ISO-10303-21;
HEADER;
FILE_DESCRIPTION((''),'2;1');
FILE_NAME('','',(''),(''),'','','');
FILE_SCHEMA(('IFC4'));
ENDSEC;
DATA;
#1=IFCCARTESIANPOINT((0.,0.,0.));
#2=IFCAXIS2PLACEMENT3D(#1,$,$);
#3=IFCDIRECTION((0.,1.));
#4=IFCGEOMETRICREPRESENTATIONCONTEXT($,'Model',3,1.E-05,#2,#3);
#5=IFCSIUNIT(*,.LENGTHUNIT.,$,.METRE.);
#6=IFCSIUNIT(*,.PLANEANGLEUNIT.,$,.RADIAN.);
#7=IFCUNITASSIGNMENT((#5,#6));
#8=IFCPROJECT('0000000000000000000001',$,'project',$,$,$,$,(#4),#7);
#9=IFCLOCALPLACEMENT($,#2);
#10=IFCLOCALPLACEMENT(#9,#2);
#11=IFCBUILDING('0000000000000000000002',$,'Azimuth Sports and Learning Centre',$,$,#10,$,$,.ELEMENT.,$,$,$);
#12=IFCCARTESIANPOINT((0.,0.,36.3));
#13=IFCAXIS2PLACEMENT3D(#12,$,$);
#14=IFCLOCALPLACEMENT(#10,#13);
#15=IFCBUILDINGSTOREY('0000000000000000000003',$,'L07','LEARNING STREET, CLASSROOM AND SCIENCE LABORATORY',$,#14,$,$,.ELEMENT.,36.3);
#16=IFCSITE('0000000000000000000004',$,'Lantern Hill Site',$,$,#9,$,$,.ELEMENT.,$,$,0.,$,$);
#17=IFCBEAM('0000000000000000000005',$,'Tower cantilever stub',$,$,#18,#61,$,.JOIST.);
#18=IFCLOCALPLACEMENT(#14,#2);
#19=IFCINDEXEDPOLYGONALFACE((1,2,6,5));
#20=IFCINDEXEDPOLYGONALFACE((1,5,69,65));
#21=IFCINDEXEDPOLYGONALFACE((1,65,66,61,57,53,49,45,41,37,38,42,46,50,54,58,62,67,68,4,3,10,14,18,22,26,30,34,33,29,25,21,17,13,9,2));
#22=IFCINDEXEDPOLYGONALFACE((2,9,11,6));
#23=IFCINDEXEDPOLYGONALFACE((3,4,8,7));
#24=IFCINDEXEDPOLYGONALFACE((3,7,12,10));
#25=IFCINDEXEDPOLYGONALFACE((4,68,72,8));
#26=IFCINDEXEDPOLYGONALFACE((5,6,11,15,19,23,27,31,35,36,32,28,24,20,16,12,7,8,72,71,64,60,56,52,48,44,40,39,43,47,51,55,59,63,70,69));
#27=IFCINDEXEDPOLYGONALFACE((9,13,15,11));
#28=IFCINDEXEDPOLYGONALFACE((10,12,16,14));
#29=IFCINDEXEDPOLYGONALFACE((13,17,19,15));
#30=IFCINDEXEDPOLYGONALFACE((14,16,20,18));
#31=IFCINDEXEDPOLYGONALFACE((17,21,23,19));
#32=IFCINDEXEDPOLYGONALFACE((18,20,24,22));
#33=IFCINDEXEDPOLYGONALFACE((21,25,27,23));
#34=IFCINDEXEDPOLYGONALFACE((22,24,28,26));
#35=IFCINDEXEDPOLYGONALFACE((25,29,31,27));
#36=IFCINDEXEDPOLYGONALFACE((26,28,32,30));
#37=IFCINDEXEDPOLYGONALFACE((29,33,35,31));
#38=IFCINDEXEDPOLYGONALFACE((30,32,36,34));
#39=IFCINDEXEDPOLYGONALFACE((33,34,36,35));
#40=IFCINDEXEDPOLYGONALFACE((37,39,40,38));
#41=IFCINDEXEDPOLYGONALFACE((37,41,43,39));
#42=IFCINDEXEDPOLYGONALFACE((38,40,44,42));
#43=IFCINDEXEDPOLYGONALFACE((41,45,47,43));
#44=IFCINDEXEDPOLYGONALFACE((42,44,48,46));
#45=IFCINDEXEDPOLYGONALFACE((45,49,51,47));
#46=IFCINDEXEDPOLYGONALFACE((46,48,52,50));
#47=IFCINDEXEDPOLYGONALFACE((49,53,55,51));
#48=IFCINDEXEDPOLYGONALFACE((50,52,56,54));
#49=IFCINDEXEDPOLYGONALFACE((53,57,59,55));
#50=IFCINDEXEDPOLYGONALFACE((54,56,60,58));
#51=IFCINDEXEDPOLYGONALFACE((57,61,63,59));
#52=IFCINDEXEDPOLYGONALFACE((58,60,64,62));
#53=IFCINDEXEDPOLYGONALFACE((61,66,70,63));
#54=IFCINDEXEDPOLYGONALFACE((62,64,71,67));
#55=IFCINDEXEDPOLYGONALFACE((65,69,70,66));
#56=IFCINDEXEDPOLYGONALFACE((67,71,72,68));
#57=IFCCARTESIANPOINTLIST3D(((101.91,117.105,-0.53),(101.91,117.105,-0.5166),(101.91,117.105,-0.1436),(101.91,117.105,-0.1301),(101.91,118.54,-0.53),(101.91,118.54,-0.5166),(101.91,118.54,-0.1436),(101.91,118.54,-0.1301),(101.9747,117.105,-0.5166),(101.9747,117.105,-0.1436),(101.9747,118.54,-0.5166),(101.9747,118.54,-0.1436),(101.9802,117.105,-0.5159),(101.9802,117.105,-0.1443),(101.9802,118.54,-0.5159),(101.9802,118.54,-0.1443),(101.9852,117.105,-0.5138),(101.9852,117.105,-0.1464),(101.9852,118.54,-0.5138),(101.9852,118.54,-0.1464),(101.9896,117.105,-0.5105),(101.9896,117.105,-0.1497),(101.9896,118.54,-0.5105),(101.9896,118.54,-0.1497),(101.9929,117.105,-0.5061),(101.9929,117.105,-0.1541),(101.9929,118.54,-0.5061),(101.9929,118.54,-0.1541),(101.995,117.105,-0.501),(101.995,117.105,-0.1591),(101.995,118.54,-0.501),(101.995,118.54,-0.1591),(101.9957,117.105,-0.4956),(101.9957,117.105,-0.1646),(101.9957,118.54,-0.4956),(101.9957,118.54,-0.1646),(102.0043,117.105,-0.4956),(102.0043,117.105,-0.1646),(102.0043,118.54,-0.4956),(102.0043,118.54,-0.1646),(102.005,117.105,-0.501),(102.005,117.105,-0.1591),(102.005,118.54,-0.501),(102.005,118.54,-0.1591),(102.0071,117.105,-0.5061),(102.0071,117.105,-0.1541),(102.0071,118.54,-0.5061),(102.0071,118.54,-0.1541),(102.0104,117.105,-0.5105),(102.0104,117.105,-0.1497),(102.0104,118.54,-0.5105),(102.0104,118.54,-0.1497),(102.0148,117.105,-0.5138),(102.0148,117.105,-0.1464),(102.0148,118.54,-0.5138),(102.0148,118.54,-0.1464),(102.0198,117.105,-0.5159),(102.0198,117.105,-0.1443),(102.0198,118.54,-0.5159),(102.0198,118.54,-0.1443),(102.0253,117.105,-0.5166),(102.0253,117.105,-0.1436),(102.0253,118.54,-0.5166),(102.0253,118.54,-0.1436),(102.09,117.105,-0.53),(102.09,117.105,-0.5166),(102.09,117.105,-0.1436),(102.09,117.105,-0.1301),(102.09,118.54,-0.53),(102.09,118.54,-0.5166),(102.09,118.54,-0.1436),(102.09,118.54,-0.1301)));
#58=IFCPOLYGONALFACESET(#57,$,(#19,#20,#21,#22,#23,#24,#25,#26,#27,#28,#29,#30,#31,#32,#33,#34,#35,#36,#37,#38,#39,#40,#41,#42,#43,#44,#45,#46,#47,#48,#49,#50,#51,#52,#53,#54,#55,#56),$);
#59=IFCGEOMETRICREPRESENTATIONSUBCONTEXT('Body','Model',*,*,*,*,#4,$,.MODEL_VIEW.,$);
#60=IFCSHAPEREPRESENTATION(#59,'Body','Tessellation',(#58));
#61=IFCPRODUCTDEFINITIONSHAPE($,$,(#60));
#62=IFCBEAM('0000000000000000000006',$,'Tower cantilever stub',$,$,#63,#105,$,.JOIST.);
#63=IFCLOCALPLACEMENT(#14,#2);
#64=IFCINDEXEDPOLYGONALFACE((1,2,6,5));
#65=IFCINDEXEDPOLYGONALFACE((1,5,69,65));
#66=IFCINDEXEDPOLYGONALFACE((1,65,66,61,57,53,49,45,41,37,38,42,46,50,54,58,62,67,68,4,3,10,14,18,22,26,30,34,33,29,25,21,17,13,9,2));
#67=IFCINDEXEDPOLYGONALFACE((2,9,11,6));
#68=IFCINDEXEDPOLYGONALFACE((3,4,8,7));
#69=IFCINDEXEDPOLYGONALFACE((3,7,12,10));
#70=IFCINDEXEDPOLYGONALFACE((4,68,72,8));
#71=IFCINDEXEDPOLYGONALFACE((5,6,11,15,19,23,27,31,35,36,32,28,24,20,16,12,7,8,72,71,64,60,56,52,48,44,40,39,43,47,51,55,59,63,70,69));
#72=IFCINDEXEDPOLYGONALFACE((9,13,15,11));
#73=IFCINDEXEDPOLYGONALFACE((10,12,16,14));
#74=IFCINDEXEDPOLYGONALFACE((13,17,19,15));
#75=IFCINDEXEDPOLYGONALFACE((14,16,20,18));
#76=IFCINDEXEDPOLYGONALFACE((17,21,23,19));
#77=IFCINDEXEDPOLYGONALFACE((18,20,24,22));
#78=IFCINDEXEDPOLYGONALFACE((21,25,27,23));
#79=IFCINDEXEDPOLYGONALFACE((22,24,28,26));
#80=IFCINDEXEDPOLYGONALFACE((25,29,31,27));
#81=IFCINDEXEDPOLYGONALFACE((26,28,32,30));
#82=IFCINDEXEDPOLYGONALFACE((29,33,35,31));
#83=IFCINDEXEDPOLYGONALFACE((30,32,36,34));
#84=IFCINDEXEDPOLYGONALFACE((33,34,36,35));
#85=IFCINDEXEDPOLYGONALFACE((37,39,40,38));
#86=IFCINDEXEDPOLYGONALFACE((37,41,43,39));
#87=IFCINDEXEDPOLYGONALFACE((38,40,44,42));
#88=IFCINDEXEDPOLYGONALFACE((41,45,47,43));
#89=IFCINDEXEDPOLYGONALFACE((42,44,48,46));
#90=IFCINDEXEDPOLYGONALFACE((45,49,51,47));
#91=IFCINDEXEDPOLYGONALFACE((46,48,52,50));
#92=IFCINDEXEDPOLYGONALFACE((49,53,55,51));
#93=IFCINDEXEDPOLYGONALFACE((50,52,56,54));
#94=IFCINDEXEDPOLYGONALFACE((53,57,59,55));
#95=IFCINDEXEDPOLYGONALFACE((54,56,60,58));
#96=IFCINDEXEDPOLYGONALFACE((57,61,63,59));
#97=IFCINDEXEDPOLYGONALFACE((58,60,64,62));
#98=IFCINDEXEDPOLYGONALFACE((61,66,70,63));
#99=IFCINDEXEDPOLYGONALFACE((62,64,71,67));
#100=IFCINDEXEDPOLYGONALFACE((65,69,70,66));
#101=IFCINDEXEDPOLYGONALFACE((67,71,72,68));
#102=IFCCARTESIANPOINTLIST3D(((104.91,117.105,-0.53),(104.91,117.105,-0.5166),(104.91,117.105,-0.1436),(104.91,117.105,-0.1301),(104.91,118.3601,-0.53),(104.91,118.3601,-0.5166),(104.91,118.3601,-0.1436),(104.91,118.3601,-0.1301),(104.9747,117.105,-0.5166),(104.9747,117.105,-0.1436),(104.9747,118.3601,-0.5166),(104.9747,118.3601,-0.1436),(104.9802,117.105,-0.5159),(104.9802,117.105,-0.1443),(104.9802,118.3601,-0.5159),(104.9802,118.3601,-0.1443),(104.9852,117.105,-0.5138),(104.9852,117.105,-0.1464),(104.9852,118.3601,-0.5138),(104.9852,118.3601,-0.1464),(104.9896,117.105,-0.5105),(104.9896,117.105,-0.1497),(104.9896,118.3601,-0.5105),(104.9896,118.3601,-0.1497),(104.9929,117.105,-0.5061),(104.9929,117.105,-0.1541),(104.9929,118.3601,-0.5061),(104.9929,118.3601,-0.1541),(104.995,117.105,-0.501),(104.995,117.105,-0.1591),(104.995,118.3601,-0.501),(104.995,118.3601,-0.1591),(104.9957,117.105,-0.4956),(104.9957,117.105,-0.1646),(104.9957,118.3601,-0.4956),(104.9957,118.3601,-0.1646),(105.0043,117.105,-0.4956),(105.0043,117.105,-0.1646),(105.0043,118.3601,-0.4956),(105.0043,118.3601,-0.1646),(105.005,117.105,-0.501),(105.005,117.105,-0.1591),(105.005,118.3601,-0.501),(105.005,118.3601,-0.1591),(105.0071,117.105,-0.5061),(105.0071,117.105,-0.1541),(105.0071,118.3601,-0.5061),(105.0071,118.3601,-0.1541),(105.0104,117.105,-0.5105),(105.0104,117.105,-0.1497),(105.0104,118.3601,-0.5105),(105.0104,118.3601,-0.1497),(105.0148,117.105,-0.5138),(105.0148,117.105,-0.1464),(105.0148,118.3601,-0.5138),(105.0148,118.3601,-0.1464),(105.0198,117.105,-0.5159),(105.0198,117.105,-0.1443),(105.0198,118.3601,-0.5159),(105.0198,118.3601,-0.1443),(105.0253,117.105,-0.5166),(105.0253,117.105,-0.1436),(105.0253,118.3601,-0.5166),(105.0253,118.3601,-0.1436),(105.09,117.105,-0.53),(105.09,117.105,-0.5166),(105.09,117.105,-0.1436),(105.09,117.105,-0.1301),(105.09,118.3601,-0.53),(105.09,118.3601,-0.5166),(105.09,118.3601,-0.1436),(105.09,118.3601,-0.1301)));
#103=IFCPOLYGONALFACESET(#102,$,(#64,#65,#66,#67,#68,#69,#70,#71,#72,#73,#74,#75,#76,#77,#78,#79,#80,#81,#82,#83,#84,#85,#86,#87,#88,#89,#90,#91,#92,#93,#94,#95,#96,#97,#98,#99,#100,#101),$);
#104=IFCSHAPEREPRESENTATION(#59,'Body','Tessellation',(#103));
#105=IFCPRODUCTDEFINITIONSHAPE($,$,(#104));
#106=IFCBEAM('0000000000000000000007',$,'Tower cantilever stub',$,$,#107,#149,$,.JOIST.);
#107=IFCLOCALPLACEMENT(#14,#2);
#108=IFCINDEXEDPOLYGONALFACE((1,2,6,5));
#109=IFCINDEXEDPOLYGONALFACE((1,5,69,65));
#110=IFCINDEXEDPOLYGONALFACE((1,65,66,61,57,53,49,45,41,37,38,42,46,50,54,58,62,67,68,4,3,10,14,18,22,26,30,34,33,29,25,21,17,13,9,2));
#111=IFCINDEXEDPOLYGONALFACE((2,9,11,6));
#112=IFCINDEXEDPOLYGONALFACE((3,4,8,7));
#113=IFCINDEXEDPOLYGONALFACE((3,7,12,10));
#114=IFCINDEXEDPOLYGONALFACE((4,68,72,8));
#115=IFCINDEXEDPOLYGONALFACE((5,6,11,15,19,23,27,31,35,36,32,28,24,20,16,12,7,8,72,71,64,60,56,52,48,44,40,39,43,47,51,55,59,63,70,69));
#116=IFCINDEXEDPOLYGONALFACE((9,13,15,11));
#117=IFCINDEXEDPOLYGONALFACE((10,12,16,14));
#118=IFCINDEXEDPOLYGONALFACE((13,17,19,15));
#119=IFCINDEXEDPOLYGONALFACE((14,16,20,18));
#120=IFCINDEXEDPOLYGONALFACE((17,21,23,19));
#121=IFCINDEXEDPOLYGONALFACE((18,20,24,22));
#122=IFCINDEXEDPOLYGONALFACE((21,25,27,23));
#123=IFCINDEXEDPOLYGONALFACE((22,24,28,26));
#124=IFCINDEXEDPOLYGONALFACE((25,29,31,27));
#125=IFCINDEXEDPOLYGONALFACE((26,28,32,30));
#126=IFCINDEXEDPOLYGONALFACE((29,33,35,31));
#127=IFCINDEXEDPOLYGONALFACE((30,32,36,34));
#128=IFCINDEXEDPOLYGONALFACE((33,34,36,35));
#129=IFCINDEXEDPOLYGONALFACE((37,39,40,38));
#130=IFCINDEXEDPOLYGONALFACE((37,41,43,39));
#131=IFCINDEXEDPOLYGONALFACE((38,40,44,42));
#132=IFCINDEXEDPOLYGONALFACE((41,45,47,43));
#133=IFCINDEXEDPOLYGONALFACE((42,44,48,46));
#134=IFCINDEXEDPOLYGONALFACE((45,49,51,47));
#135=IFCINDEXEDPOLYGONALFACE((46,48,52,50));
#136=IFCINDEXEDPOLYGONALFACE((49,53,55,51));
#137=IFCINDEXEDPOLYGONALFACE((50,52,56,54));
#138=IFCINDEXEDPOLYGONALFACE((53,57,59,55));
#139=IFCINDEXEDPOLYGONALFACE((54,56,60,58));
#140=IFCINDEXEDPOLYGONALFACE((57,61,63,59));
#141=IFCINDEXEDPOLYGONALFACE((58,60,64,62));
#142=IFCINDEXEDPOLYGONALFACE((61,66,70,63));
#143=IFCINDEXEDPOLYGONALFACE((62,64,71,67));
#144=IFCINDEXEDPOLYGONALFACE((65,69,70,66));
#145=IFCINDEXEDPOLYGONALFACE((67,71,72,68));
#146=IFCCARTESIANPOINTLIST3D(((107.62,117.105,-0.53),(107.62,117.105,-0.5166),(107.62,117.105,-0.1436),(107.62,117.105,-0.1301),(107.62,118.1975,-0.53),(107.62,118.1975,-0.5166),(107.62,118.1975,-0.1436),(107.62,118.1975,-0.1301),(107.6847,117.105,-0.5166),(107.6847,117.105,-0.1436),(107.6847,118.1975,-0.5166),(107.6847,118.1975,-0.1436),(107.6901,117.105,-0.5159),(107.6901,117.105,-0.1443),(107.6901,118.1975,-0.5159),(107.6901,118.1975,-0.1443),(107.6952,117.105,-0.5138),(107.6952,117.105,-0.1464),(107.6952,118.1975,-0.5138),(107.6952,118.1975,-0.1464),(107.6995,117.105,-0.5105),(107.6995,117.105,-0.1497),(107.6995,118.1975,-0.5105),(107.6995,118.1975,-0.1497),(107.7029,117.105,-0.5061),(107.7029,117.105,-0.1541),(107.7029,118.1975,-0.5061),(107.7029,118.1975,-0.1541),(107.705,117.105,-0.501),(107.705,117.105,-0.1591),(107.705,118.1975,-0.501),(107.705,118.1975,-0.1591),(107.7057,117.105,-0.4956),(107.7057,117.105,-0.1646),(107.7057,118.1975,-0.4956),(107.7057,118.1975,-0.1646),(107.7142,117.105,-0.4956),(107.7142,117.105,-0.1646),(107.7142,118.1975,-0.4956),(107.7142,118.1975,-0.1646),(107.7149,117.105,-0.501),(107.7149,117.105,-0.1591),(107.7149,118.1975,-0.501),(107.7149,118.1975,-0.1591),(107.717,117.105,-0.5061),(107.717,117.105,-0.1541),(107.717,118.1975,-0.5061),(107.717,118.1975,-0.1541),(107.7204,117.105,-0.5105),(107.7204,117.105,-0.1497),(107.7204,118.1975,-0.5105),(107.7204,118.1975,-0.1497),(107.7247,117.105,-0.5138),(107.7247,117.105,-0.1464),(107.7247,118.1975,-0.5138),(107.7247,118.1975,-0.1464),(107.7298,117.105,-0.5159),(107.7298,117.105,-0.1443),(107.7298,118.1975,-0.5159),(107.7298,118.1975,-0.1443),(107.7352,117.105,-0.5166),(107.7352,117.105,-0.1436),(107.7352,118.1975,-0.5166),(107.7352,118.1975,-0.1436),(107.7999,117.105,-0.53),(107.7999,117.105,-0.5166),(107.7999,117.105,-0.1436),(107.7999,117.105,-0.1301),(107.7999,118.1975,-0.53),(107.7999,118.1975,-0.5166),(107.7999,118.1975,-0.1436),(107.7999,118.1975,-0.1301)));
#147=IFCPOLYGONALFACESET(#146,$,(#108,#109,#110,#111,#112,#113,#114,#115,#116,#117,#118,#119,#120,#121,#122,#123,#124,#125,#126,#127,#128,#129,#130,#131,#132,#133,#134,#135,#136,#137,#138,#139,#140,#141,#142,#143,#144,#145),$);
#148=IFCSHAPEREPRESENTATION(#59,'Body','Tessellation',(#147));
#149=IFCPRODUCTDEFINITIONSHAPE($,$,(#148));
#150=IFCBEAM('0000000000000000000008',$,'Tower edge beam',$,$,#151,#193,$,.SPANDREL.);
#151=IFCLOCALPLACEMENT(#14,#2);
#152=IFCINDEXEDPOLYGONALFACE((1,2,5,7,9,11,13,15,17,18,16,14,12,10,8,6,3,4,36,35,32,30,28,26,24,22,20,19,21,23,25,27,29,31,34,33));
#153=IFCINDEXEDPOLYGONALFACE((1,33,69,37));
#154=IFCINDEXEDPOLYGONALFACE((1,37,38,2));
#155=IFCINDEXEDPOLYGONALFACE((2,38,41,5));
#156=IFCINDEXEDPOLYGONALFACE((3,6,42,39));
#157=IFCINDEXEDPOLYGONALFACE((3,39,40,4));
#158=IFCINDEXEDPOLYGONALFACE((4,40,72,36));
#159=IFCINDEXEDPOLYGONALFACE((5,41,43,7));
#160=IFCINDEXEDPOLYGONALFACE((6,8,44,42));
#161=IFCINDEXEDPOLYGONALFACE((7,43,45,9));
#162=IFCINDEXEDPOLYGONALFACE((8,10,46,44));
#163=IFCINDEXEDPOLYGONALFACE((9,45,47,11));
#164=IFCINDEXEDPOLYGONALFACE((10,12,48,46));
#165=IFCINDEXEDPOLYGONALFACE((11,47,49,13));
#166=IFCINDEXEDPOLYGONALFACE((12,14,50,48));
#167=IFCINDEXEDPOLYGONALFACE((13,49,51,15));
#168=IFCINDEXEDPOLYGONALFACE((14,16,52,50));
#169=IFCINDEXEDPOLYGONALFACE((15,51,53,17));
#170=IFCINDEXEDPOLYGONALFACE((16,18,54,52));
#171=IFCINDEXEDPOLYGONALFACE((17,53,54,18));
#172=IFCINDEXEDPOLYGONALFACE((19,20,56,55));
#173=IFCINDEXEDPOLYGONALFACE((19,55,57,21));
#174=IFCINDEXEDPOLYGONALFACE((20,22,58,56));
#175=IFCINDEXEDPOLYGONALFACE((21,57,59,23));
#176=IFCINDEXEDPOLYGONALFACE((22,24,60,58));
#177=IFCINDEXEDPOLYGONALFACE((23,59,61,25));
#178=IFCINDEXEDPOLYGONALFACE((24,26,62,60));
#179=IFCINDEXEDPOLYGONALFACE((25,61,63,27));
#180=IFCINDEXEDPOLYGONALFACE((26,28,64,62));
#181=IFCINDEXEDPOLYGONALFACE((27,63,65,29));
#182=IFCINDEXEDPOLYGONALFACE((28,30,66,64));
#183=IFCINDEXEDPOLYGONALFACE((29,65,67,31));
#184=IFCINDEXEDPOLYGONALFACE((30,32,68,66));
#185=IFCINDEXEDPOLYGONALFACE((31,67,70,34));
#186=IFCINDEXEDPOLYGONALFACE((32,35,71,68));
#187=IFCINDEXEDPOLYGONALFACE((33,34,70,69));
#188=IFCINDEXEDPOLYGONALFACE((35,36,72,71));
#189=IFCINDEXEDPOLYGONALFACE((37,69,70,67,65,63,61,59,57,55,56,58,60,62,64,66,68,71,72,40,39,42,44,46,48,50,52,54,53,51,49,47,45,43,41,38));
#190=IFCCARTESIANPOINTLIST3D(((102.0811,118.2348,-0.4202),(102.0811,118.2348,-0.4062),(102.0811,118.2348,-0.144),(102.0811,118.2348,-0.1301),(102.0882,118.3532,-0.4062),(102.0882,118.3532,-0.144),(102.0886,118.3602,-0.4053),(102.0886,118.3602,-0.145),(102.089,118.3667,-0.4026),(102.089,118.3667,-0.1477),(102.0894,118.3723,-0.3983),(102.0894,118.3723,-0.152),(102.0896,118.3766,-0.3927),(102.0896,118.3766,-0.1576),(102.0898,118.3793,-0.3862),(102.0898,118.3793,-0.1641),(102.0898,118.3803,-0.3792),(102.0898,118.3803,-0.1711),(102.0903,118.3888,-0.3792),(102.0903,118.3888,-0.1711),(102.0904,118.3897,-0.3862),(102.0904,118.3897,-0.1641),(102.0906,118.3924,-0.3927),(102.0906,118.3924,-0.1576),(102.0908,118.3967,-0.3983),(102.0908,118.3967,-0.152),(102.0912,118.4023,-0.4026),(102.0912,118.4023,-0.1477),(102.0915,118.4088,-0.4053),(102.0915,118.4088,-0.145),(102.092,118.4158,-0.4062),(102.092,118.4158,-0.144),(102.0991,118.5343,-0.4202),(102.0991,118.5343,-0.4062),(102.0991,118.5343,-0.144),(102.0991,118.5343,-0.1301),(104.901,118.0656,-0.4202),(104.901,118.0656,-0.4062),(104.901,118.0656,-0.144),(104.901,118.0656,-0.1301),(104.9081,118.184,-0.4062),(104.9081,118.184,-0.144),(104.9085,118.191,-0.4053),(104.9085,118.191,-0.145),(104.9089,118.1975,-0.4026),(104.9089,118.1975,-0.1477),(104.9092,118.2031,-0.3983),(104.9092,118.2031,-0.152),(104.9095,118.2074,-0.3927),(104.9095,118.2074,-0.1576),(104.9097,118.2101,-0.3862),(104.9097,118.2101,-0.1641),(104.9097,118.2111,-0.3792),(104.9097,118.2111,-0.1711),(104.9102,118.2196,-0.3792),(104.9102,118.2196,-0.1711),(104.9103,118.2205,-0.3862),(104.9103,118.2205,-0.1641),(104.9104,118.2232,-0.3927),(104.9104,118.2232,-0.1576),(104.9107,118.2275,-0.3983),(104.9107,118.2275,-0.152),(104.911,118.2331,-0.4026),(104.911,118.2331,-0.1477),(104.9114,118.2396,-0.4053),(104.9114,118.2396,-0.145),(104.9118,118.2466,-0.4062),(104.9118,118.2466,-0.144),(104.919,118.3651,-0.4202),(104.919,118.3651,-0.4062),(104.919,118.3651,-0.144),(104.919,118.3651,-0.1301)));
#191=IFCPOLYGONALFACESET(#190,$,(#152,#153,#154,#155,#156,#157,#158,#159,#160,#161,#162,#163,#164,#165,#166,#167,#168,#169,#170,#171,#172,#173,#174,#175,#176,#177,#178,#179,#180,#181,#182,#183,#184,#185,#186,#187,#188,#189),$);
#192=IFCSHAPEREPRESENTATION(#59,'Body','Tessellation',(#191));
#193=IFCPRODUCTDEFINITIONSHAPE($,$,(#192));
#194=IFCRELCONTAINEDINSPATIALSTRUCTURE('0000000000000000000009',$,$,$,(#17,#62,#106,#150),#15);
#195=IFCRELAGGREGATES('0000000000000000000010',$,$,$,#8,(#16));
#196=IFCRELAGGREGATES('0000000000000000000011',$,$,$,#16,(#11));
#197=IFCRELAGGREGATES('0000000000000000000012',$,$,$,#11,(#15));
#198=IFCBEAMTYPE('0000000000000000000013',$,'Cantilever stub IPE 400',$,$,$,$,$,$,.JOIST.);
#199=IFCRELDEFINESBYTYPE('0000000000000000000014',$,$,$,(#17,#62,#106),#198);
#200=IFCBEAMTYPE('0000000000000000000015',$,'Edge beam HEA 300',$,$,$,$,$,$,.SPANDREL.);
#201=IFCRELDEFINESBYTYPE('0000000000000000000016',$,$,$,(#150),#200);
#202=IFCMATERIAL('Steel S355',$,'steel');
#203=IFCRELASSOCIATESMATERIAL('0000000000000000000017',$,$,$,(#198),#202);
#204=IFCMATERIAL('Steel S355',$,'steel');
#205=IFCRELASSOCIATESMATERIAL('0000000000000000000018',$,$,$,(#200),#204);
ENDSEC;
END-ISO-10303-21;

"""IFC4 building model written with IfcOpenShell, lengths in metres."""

from ifc_helpers import new_model, si_unit, direction, frame, origin, origin_2d, place, context, subcontext, project, spatial, i_section, extrude, material, material_profile, profile_set, type_object, element, save


model = new_model("IFC4")

# Units and contexts
model_context = context("Model", 3, precision=1e-05, world=origin(), true_north=direction((0.0, 1.0)))
body_context = subcontext(model_context, "Body", "Model", "MODEL_VIEW")
ifc_project = project(units=[si_unit("LENGTHUNIT", "METRE"), si_unit("PLANEANGLEUNIT", "RADIAN")], contexts=[model_context])

# Site, building, storey
site_placement = place(None, origin())
site = spatial("IfcSite", under=ifc_project, at=site_placement, Name="Lantern Hill Site", CompositionType="ELEMENT", RefElevation=0.0)
building_placement = place(site_placement, origin())
building = spatial("IfcBuilding", under=site, at=building_placement, Name="Azimuth Sports and Learning Centre", CompositionType="ELEMENT")
storey_placement = place(building_placement, frame((0.0, 0.0, 36.3)))
storey = spatial("IfcBuildingStorey", under=building, at=storey_placement, Name="L07", Description="LEARNING STREET, CLASSROOM AND SCIENCE LABORATORY", CompositionType="ELEMENT", Elevation=36.3)

# Beams
ifc_material_1 = material(Name="Steel S355", Category="steel")
ifc_material_profile_1 = material_profile(ifc_material_1, i_section(OverallWidth=0.1799, OverallDepth=0.3999, WebThickness=0.0085, FlangeThickness=0.0134, FilletRadius=0.021, at=origin_2d()), Name="IPE 400")
ifc_profile_set_1 = profile_set([ifc_material_profile_1], Name="Steel S355")
beam_type_1 = type_object("IfcBeamType", Name="Cantilever stub IPE 400", PredefinedType="JOIST", material=ifc_profile_set_1)
beam_1_placement = place(storey_placement, frame((102.0, 117.105, -0.3301), z_axis=(0.0, 1.0, 0.0), x_axis=(-1.0, 0.0, 0.0)))
element("IfcBeam", 1, at=beam_1_placement, inside=storey, type_object=beam_type_1, Name="Tower cantilever stub", PredefinedType="JOIST", context=body_context, shape_type="SweptSolid", body=[
    extrude(i_section(OverallWidth=0.1799, OverallDepth=0.3999, WebThickness=0.0085, FlangeThickness=0.0134, FilletRadius=0.021, at=origin_2d()), origin(), (0.0, 0.0, 1.0), 1.4351),
])
beam_2_placement = place(storey_placement, frame((105.0, 117.105, -0.3301), z_axis=(0.0, 1.0, 0.0), x_axis=(-1.0, 0.0, 0.0)))
element("IfcBeam", 2, at=beam_2_placement, inside=storey, type_object=beam_type_1, Name="Tower cantilever stub", PredefinedType="JOIST", context=body_context, shape_type="SweptSolid", body=[
    extrude(i_section(OverallWidth=0.1799, OverallDepth=0.3999, WebThickness=0.0085, FlangeThickness=0.0134, FilletRadius=0.021, at=origin_2d()), origin(), (0.0, 0.0, 1.0), 1.2551),
])
beam_3_placement = place(storey_placement, frame((107.71, 117.105, -0.3301), z_axis=(0.0, 1.0, 0.0), x_axis=(-1.0, 0.0, 0.0)))
element("IfcBeam", 3, at=beam_3_placement, inside=storey, type_object=beam_type_1, Name="Tower cantilever stub", PredefinedType="JOIST", context=body_context, shape_type="SweptSolid", body=[
    extrude(i_section(OverallWidth=0.1799, OverallDepth=0.3999, WebThickness=0.0085, FlangeThickness=0.0134, FilletRadius=0.021, at=origin_2d()), origin(), (0.0, 0.0, 1.0), 1.0925),
])
ifc_material_2 = material(Name="Steel S355", Category="steel")
ifc_material_profile_2 = material_profile(ifc_material_2, i_section(OverallWidth=0.3, OverallDepth=0.29, WebThickness=0.0085, FlangeThickness=0.0139, FilletRadius=0.0271, at=origin_2d()), Name="HEA 300")
ifc_profile_set_2 = profile_set([ifc_material_profile_2], Name="Steel S355")
beam_type_2 = type_object("IfcBeamType", Name="Edge beam HEA 300", PredefinedType="SPANDREL", material=ifc_profile_set_2)
beam_4_placement = place(storey_placement, frame((102.0901, 118.3845, -0.2751), z_axis=(0.998205, -0.059892, 0.0), x_axis=(0.059892, 0.998205, 0.0)))
element("IfcBeam", 4, at=beam_4_placement, inside=storey, type_object=beam_type_2, Name="Tower edge beam", PredefinedType="SPANDREL", context=body_context, shape_type="SweptSolid", body=[
    extrude(i_section(OverallWidth=0.3, OverallDepth=0.29, WebThickness=0.0085, FlangeThickness=0.0139, FilletRadius=0.0271, at=origin_2d()), origin(), (0.0, 0.0, 1.0), 2.825),
])

save(model, "model.ifc")
